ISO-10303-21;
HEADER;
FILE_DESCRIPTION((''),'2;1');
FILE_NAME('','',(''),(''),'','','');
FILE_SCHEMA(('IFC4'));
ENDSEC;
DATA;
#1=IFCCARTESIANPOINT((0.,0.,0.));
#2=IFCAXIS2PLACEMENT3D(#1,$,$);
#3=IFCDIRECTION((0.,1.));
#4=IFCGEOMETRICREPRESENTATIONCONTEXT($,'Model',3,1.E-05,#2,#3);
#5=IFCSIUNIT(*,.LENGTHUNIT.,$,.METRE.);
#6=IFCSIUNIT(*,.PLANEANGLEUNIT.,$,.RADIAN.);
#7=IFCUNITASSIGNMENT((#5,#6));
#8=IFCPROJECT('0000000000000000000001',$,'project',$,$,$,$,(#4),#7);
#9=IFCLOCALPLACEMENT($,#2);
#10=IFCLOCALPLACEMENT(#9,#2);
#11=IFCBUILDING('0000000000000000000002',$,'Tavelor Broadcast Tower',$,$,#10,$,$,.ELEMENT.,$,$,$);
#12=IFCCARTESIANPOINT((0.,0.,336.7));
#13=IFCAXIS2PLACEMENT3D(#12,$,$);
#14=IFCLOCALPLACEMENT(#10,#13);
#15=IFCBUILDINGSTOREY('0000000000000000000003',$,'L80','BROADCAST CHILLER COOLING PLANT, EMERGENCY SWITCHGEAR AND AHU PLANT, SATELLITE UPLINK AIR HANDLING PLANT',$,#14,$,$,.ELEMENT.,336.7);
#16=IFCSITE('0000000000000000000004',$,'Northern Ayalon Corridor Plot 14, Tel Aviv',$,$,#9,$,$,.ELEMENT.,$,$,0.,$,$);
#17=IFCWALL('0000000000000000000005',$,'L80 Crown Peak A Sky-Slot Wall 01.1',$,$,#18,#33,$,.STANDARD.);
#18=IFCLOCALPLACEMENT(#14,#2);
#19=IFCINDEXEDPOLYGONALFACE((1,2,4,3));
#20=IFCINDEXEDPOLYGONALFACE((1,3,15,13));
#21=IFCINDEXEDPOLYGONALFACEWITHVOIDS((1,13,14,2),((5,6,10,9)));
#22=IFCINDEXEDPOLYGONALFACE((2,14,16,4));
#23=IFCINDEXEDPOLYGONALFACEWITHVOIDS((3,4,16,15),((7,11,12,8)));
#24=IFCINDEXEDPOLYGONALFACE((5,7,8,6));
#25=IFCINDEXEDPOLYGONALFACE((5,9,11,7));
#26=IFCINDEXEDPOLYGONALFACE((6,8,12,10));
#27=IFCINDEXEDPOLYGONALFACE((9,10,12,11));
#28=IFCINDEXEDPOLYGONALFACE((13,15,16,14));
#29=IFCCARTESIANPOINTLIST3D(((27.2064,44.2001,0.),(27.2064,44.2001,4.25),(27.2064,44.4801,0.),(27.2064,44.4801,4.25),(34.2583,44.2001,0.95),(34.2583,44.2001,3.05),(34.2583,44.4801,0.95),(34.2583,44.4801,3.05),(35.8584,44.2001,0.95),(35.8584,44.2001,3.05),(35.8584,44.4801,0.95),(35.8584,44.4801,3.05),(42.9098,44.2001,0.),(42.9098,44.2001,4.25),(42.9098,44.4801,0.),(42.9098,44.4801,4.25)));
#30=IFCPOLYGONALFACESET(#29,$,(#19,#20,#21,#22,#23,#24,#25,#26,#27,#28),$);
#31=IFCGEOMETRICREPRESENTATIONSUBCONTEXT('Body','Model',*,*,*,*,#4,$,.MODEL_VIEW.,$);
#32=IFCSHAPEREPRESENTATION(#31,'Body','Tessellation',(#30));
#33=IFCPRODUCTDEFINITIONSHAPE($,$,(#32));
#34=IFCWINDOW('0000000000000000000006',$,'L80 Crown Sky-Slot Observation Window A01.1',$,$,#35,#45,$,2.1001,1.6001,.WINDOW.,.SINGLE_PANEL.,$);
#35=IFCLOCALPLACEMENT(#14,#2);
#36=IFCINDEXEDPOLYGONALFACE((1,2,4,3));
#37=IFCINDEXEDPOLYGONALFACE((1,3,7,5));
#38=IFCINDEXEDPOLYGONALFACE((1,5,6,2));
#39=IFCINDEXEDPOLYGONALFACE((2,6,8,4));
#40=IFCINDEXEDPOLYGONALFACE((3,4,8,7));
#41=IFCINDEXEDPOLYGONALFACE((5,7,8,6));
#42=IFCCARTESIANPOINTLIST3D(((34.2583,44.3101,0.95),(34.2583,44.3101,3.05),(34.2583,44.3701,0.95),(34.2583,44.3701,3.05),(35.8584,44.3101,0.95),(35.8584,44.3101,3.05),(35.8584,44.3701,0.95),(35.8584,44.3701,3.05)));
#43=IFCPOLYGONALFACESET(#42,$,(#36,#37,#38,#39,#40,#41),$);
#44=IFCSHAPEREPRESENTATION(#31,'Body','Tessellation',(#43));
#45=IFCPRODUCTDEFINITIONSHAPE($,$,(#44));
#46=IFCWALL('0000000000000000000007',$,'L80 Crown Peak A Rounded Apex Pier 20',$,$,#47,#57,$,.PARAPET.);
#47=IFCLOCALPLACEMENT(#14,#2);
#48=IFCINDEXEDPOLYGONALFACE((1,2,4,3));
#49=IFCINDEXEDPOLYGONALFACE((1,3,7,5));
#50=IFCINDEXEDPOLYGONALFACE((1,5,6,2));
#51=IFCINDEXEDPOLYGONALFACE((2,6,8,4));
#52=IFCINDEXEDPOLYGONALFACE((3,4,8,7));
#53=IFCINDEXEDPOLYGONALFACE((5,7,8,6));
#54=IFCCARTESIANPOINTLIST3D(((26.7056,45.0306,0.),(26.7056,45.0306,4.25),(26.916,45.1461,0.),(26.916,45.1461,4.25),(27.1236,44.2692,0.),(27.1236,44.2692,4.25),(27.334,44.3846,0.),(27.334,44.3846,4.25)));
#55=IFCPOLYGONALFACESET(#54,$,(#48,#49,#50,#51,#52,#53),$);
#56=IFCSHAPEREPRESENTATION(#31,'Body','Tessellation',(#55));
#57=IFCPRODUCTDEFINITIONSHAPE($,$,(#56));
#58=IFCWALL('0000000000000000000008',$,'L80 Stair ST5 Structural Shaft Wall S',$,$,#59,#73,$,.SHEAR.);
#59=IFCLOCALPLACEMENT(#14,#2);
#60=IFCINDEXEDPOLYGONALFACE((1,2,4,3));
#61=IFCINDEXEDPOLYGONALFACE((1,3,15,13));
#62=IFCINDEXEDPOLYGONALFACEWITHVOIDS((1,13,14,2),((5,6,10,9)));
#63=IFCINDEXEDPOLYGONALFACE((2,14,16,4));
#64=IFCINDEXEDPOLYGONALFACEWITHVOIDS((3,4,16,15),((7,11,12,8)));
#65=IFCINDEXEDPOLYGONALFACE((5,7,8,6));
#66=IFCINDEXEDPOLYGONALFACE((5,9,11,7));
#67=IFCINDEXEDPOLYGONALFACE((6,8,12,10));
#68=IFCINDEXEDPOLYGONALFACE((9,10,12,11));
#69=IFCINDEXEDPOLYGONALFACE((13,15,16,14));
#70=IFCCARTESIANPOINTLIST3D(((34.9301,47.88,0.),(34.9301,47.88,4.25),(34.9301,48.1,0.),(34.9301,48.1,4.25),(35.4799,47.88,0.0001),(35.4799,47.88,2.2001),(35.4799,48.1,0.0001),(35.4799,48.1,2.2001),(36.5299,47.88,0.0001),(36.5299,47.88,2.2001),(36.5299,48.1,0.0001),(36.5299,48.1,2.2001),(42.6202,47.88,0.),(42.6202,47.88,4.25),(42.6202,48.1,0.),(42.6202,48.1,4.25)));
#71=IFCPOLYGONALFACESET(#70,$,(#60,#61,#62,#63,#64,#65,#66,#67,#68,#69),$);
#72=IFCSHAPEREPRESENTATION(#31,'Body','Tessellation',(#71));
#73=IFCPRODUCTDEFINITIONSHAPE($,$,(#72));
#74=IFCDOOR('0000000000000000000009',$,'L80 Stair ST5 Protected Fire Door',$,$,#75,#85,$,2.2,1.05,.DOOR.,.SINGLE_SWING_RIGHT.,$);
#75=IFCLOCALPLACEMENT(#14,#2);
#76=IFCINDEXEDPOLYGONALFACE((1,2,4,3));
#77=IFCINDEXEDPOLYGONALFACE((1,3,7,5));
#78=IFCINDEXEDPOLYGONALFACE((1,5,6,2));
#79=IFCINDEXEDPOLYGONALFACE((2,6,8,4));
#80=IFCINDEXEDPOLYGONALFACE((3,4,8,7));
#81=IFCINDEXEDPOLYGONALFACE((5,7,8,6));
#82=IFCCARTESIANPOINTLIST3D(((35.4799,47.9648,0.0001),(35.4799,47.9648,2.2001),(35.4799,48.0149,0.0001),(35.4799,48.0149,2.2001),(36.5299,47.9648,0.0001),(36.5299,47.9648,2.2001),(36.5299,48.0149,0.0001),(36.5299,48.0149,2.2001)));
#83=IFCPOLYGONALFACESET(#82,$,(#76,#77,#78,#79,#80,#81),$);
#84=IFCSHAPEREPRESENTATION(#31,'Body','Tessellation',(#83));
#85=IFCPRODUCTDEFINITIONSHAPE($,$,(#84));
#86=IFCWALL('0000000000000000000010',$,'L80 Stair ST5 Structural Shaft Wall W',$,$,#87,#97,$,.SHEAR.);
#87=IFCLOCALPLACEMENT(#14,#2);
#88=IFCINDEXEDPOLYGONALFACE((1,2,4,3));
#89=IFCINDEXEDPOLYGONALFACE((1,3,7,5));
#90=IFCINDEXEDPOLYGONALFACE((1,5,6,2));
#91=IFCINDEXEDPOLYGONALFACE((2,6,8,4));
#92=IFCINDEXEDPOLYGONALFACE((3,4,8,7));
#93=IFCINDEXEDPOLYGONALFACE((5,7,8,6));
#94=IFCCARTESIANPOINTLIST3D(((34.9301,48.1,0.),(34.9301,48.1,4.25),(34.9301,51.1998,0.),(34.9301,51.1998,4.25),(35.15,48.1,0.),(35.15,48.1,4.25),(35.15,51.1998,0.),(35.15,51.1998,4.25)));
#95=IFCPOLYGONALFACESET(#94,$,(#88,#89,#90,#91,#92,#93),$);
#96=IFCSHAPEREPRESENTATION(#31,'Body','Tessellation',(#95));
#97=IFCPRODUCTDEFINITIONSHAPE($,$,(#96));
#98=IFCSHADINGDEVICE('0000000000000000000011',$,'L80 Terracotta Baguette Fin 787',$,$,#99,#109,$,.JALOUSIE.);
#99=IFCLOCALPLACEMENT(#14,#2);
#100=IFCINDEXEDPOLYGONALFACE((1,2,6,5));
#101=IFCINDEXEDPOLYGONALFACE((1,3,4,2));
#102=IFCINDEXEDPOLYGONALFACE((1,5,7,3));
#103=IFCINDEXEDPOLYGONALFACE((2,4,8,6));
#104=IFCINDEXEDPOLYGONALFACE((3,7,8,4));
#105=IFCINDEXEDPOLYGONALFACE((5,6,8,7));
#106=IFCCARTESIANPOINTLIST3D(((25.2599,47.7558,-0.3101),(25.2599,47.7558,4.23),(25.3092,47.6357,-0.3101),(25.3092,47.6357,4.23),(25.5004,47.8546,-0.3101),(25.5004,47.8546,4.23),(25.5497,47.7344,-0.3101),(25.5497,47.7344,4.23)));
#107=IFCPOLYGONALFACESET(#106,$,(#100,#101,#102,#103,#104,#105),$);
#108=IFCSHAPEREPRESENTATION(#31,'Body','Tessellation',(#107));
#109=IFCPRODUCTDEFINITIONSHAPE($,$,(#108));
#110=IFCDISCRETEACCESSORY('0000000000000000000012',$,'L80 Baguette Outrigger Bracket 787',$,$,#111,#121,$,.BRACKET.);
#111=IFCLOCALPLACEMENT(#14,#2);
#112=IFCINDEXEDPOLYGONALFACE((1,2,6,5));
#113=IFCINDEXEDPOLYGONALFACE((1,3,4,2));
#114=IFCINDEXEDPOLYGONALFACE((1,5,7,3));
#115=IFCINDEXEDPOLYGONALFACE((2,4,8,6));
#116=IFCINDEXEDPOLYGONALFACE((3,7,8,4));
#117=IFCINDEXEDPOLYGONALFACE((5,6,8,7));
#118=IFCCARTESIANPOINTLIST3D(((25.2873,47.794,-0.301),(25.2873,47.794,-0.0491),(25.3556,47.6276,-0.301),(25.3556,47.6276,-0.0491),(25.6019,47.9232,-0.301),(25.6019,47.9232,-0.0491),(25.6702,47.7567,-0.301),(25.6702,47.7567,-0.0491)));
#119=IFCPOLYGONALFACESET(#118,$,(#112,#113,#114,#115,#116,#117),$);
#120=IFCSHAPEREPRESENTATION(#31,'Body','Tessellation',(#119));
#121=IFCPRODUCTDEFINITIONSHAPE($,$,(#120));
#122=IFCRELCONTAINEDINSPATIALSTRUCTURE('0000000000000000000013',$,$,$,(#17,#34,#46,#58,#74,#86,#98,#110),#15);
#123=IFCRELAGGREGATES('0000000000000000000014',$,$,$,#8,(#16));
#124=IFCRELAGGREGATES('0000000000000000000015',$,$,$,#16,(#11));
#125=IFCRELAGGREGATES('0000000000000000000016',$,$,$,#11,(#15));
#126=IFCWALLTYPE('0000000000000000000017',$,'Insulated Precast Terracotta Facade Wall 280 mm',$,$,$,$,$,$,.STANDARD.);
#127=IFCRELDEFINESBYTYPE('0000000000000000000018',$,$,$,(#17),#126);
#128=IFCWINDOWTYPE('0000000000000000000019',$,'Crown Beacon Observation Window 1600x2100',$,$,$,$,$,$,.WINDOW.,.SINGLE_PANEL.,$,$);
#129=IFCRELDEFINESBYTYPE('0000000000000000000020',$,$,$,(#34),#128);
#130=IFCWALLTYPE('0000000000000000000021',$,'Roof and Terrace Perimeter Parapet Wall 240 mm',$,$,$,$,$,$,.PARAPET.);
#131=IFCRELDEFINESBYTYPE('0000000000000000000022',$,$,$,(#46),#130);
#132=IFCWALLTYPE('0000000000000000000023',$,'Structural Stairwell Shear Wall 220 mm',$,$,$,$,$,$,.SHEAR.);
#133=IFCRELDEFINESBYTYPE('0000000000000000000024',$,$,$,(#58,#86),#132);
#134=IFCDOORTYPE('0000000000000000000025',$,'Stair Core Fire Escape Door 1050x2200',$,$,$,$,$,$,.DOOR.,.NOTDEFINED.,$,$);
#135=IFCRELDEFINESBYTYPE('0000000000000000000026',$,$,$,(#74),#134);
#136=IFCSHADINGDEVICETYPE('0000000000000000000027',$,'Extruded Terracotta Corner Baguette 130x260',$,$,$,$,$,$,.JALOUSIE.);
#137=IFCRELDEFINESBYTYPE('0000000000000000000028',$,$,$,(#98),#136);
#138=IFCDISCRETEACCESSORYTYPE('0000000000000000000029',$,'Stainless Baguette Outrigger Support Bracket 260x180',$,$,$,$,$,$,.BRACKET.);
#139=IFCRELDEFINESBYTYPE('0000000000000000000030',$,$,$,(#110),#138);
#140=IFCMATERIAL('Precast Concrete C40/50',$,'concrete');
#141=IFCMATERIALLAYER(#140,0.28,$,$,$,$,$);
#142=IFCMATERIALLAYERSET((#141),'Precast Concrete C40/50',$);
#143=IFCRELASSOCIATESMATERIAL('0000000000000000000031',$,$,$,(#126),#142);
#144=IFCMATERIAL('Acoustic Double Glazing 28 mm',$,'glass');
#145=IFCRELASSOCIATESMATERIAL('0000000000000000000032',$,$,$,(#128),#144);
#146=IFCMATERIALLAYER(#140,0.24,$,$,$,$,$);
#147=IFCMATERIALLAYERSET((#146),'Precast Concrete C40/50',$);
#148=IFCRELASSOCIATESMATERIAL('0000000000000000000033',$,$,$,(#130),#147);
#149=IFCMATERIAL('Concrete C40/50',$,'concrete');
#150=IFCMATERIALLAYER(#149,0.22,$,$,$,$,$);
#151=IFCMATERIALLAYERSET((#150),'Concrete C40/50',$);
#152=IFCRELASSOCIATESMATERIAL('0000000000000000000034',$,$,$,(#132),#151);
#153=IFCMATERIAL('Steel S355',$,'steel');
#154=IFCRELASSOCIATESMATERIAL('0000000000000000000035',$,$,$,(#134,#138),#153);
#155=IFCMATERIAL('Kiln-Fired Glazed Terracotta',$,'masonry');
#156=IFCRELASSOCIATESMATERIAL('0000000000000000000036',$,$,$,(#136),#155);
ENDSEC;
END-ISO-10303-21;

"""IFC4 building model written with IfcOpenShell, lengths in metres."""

from ifc_helpers import new_model, si_unit, direction, frame, frame_2d, origin, origin_2d, place, context, subcontext, project, spatial, rectangle, extrude, source, transform, mapped, material, layer, layer_set, type_object, type_shapes, element, fill, save


model = new_model("IFC4")

# Units and contexts
model_context = context("Model", 3, precision=1e-05, world=origin(), true_north=direction((0.0, 1.0)))
body_context = subcontext(model_context, "Body", "Model", "MODEL_VIEW")
ifc_project = project(units=[si_unit("LENGTHUNIT", "METRE"), si_unit("PLANEANGLEUNIT", "RADIAN")], contexts=[model_context])

# Site, building, storey
site_placement = place(None, origin())
site = spatial("IfcSite", under=ifc_project, at=site_placement, Name="Northern Ayalon Corridor Plot 14, Tel Aviv", CompositionType="ELEMENT", RefElevation=0.0)
building_placement = place(site_placement, origin())
building = spatial("IfcBuilding", under=site, at=building_placement, Name="Tavelor Broadcast Tower", CompositionType="ELEMENT")
storey_placement = place(building_placement, frame((0.0, 0.0, 336.7)))
storey = spatial("IfcBuildingStorey", under=building, at=storey_placement, Name="L80", Description="BROADCAST CHILLER COOLING PLANT, EMERGENCY SWITCHGEAR AND AHU PLANT, SATELLITE UPLINK AIR HANDLING PLANT", CompositionType="ELEMENT", Elevation=336.7)

# Shared definitions
ifc_material_1 = material(Name="Steel S355", Category="steel")

# Wall, opening, window
ifc_material_2 = material(Name="Precast Concrete C40/50", Category="concrete")
ifc_layer_1 = layer(ifc_material_2, 0.28)
ifc_layer_set_1 = layer_set([ifc_layer_1], Name="Precast Concrete C40/50")
wall_type_1 = type_object("IfcWallType", Name="Insulated Precast Terracotta Facade Wall 280 mm", PredefinedType="STANDARD", material=ifc_layer_set_1)
wall_1_placement = place(storey_placement, frame((27.2065, 44.3401, 0.0), z_axis=(0.0, 0.0, 1.0), x_axis=(1.0, 0.0, 0.0)))
wall_1 = element("IfcWall", 1, at=wall_1_placement, inside=storey, type_object=wall_type_1, Name="L80 Crown Peak A Sky-Slot Wall 01.1", PredefinedType="STANDARD", context=body_context, shape_type="SweptSolid", body=[
    extrude(rectangle(XDim=15.7034, YDim=0.28, at=frame_2d((7.8516, 0.0))), origin(), (0.0, 0.0, 1.0), 4.25),
])
opening_1_placement = place(wall_1_placement, frame((7.0518, 0.0, 0.95)))
opening_1 = element("IfcOpeningElement", 2, at=opening_1_placement, cuts=wall_1, PredefinedType="OPENING", context=body_context, shape_type="SweptSolid", body=[
    extrude(rectangle(XDim=1.6001, YDim=2.1001, at=frame_2d((0.8, 1.05))), frame((0.0, 0.1499, 0.0), z_axis=(0.0, -1.0, 0.0), x_axis=(1.0, 0.0, 0.0)), (0.0, 0.0, 1.0), 0.3),
])
ifc_material_3 = material(Name="Acoustic Double Glazing 28 mm", Category="glass")
window_type = type_object("IfcWindowType", Name="Crown Beacon Observation Window 1600x2100", PartitioningType="SINGLE_PANEL", PredefinedType="WINDOW", material=ifc_material_3)
window_placement = place(opening_1_placement, origin())
window = element("IfcWindow", 3, at=window_placement, inside=storey, type_object=window_type, Name="L80 Crown Sky-Slot Observation Window A01.1", OverallHeight=2.1001, OverallWidth=1.6001, PartitioningType="SINGLE_PANEL", PredefinedType="WINDOW", context=body_context, shape_type="SweptSolid", body=[
    extrude(rectangle(XDim=1.6001, YDim=2.1001, at=frame_2d((0.8, 1.05))), frame((0.0, 0.03, 0.0), z_axis=(0.0, -1.0, 0.0), x_axis=(1.0, 0.0, 0.0)), (0.0, 0.0, 1.0), 0.0601),
])
fill(opening_1, window)

# Wall
ifc_layer_2 = layer(ifc_material_2, 0.24)
ifc_layer_set_2 = layer_set([ifc_layer_2], Name="Precast Concrete C40/50")
wall_type_2 = type_object("IfcWallType", Name="Roof and Terrace Perimeter Parapet Wall 240 mm", PredefinedType="PARAPET", material=ifc_layer_set_2)
wall_2_placement = place(storey_placement, frame((26.8108, 45.0884, 0.0), z_axis=(0.0, 0.0, 1.0), x_axis=(0.481174, -0.876625, 0.0)))
element("IfcWall", 4, at=wall_2_placement, inside=storey, type_object=wall_type_2, Name="L80 Crown Peak A Rounded Apex Pier 20", PredefinedType="PARAPET", context=body_context, shape_type="SweptSolid", body=[
    extrude(rectangle(XDim=0.8687, YDim=0.24, at=frame_2d((0.4343, 0.0))), origin(), (0.0, 0.0, 1.0), 4.25),
])

# Wall, opening, door
ifc_material_4 = material(Name="Concrete C40/50", Category="concrete")
ifc_layer_3 = layer(ifc_material_4, 0.22)
ifc_layer_set_3 = layer_set([ifc_layer_3], Name="Concrete C40/50")
wall_type_3 = type_object("IfcWallType", Name="Structural Stairwell Shear Wall 220 mm", PredefinedType="SHEAR", material=ifc_layer_set_3)
wall_3_placement = place(storey_placement, frame((34.9299, 47.99, 0.0), z_axis=(0.0, 0.0, 1.0), x_axis=(1.0, 0.0, 0.0)))
wall_3 = element("IfcWall", 5, at=wall_3_placement, inside=storey, type_object=wall_type_3, Name="L80 Stair ST5 Structural Shaft Wall S", PredefinedType="SHEAR", context=body_context, shape_type="SweptSolid", body=[
    extrude(rectangle(XDim=7.6902, YDim=0.22, at=frame_2d((3.8452, 0.0))), origin(), (0.0, 0.0, 1.0), 4.25),
])
opening_2_placement = place(wall_3_placement, frame((0.55, 0.0, 0.0)))
opening_2 = element("IfcOpeningElement", 6, at=opening_2_placement, cuts=wall_3, PredefinedType="OPENING", context=body_context, shape_type="SweptSolid", body=[
    extrude(rectangle(XDim=1.05, YDim=2.2, at=frame_2d((0.5249, 1.1001))), frame((0.0, 0.1201, 0.0), z_axis=(0.0, -1.0, 0.0), x_axis=(1.0, 0.0, 0.0)), (0.0, 0.0, 1.0), 0.24),
])
door_type = type_object("IfcDoorType", Name="Stair Core Fire Escape Door 1050x2200", OperationType="NOTDEFINED", PredefinedType="DOOR", material=ifc_material_1)
door_placement = place(opening_2_placement, origin())
door = element("IfcDoor", 7, at=door_placement, inside=storey, type_object=door_type, Name="L80 Stair ST5 Protected Fire Door", OperationType="SINGLE_SWING_RIGHT", OverallHeight=2.2, OverallWidth=1.05, PredefinedType="DOOR", context=body_context, shape_type="SweptSolid", body=[
    extrude(rectangle(XDim=1.05, YDim=2.2, at=frame_2d((0.5249, 1.1001))), frame((0.0, 0.0249, 0.0), z_axis=(0.0, -1.0, 0.0), x_axis=(1.0, 0.0, 0.0)), (0.0, 0.0, 1.0), 0.05),
])
fill(opening_2, door)

# Wall
wall_4_placement = place(storey_placement, frame((35.04, 48.1001, 0.0), z_axis=(0.0, 0.0, 1.0), x_axis=(0.0, 1.0, 0.0)))
element("IfcWall", 8, at=wall_4_placement, inside=storey, type_object=wall_type_3, Name="L80 Stair ST5 Structural Shaft Wall W", PredefinedType="SHEAR", context=body_context, shape_type="SweptSolid", body=[
    extrude(rectangle(XDim=3.0999, YDim=0.22, at=frame_2d((1.5498, 0.0))), origin(), (0.0, 0.0, 1.0), 4.25),
])

# Shading device
ifc_material_5 = material(Name="Kiln-Fired Glazed Terracotta", Category="masonry")
shading_device_type = type_object("IfcShadingDeviceType", Name="Extruded Terracotta Corner Baguette 130x260", PredefinedType="JALOUSIE", material=ifc_material_5)
shared_shape_1 = source(origin(), body_context, "Body", "SweptSolid", [
    extrude(rectangle(XDim=0.1299, YDim=0.26, at=origin_2d()), origin(), (0.0, 0.0, 1.0), 4.54),
])
type_shapes(shading_device_type, [shared_shape_1])
shading_device_placement = place(storey_placement, frame((25.4048, 47.7451, -0.3101), z_axis=(0.0, 0.0, 1.0), x_axis=(0.379779, -0.925077, 0.0)))
element("IfcShadingDevice", 9, at=shading_device_placement, inside=storey, type_object=shading_device_type, Name="L80 Terracotta Baguette Fin 787", PredefinedType="JALOUSIE", context=body_context, shape_type="MappedRepresentation", body=[
    mapped(shared_shape_1, transform((0.0, 0.0, 0.0), scale=1.0)),
])

# Discrete accessory
discrete_accessory_type = type_object("IfcDiscreteAccessoryType", Name="Stainless Baguette Outrigger Support Bracket 260x180", PredefinedType="BRACKET", material=ifc_material_1)
shared_shape_2 = source(origin(), body_context, "Body", "SweptSolid", [
    extrude(rectangle(XDim=0.1799, YDim=0.3401, at=origin_2d()), origin(), (0.0, 0.0, 1.0), 0.252),
])
type_shapes(discrete_accessory_type, [shared_shape_2])
discrete_accessory_placement = place(storey_placement, frame((25.4788, 47.7754, -0.301), z_axis=(0.0, 0.0, 1.0), x_axis=(0.379779, -0.925077, 0.0)))
element("IfcDiscreteAccessory", 10, at=discrete_accessory_placement, inside=storey, type_object=discrete_accessory_type, Name="L80 Baguette Outrigger Bracket 787", PredefinedType="BRACKET", context=body_context, shape_type="MappedRepresentation", body=[
    mapped(shared_shape_2, transform((0.0, 0.0, 0.0), scale=1.0)),
])

save(model, "model.ifc")
